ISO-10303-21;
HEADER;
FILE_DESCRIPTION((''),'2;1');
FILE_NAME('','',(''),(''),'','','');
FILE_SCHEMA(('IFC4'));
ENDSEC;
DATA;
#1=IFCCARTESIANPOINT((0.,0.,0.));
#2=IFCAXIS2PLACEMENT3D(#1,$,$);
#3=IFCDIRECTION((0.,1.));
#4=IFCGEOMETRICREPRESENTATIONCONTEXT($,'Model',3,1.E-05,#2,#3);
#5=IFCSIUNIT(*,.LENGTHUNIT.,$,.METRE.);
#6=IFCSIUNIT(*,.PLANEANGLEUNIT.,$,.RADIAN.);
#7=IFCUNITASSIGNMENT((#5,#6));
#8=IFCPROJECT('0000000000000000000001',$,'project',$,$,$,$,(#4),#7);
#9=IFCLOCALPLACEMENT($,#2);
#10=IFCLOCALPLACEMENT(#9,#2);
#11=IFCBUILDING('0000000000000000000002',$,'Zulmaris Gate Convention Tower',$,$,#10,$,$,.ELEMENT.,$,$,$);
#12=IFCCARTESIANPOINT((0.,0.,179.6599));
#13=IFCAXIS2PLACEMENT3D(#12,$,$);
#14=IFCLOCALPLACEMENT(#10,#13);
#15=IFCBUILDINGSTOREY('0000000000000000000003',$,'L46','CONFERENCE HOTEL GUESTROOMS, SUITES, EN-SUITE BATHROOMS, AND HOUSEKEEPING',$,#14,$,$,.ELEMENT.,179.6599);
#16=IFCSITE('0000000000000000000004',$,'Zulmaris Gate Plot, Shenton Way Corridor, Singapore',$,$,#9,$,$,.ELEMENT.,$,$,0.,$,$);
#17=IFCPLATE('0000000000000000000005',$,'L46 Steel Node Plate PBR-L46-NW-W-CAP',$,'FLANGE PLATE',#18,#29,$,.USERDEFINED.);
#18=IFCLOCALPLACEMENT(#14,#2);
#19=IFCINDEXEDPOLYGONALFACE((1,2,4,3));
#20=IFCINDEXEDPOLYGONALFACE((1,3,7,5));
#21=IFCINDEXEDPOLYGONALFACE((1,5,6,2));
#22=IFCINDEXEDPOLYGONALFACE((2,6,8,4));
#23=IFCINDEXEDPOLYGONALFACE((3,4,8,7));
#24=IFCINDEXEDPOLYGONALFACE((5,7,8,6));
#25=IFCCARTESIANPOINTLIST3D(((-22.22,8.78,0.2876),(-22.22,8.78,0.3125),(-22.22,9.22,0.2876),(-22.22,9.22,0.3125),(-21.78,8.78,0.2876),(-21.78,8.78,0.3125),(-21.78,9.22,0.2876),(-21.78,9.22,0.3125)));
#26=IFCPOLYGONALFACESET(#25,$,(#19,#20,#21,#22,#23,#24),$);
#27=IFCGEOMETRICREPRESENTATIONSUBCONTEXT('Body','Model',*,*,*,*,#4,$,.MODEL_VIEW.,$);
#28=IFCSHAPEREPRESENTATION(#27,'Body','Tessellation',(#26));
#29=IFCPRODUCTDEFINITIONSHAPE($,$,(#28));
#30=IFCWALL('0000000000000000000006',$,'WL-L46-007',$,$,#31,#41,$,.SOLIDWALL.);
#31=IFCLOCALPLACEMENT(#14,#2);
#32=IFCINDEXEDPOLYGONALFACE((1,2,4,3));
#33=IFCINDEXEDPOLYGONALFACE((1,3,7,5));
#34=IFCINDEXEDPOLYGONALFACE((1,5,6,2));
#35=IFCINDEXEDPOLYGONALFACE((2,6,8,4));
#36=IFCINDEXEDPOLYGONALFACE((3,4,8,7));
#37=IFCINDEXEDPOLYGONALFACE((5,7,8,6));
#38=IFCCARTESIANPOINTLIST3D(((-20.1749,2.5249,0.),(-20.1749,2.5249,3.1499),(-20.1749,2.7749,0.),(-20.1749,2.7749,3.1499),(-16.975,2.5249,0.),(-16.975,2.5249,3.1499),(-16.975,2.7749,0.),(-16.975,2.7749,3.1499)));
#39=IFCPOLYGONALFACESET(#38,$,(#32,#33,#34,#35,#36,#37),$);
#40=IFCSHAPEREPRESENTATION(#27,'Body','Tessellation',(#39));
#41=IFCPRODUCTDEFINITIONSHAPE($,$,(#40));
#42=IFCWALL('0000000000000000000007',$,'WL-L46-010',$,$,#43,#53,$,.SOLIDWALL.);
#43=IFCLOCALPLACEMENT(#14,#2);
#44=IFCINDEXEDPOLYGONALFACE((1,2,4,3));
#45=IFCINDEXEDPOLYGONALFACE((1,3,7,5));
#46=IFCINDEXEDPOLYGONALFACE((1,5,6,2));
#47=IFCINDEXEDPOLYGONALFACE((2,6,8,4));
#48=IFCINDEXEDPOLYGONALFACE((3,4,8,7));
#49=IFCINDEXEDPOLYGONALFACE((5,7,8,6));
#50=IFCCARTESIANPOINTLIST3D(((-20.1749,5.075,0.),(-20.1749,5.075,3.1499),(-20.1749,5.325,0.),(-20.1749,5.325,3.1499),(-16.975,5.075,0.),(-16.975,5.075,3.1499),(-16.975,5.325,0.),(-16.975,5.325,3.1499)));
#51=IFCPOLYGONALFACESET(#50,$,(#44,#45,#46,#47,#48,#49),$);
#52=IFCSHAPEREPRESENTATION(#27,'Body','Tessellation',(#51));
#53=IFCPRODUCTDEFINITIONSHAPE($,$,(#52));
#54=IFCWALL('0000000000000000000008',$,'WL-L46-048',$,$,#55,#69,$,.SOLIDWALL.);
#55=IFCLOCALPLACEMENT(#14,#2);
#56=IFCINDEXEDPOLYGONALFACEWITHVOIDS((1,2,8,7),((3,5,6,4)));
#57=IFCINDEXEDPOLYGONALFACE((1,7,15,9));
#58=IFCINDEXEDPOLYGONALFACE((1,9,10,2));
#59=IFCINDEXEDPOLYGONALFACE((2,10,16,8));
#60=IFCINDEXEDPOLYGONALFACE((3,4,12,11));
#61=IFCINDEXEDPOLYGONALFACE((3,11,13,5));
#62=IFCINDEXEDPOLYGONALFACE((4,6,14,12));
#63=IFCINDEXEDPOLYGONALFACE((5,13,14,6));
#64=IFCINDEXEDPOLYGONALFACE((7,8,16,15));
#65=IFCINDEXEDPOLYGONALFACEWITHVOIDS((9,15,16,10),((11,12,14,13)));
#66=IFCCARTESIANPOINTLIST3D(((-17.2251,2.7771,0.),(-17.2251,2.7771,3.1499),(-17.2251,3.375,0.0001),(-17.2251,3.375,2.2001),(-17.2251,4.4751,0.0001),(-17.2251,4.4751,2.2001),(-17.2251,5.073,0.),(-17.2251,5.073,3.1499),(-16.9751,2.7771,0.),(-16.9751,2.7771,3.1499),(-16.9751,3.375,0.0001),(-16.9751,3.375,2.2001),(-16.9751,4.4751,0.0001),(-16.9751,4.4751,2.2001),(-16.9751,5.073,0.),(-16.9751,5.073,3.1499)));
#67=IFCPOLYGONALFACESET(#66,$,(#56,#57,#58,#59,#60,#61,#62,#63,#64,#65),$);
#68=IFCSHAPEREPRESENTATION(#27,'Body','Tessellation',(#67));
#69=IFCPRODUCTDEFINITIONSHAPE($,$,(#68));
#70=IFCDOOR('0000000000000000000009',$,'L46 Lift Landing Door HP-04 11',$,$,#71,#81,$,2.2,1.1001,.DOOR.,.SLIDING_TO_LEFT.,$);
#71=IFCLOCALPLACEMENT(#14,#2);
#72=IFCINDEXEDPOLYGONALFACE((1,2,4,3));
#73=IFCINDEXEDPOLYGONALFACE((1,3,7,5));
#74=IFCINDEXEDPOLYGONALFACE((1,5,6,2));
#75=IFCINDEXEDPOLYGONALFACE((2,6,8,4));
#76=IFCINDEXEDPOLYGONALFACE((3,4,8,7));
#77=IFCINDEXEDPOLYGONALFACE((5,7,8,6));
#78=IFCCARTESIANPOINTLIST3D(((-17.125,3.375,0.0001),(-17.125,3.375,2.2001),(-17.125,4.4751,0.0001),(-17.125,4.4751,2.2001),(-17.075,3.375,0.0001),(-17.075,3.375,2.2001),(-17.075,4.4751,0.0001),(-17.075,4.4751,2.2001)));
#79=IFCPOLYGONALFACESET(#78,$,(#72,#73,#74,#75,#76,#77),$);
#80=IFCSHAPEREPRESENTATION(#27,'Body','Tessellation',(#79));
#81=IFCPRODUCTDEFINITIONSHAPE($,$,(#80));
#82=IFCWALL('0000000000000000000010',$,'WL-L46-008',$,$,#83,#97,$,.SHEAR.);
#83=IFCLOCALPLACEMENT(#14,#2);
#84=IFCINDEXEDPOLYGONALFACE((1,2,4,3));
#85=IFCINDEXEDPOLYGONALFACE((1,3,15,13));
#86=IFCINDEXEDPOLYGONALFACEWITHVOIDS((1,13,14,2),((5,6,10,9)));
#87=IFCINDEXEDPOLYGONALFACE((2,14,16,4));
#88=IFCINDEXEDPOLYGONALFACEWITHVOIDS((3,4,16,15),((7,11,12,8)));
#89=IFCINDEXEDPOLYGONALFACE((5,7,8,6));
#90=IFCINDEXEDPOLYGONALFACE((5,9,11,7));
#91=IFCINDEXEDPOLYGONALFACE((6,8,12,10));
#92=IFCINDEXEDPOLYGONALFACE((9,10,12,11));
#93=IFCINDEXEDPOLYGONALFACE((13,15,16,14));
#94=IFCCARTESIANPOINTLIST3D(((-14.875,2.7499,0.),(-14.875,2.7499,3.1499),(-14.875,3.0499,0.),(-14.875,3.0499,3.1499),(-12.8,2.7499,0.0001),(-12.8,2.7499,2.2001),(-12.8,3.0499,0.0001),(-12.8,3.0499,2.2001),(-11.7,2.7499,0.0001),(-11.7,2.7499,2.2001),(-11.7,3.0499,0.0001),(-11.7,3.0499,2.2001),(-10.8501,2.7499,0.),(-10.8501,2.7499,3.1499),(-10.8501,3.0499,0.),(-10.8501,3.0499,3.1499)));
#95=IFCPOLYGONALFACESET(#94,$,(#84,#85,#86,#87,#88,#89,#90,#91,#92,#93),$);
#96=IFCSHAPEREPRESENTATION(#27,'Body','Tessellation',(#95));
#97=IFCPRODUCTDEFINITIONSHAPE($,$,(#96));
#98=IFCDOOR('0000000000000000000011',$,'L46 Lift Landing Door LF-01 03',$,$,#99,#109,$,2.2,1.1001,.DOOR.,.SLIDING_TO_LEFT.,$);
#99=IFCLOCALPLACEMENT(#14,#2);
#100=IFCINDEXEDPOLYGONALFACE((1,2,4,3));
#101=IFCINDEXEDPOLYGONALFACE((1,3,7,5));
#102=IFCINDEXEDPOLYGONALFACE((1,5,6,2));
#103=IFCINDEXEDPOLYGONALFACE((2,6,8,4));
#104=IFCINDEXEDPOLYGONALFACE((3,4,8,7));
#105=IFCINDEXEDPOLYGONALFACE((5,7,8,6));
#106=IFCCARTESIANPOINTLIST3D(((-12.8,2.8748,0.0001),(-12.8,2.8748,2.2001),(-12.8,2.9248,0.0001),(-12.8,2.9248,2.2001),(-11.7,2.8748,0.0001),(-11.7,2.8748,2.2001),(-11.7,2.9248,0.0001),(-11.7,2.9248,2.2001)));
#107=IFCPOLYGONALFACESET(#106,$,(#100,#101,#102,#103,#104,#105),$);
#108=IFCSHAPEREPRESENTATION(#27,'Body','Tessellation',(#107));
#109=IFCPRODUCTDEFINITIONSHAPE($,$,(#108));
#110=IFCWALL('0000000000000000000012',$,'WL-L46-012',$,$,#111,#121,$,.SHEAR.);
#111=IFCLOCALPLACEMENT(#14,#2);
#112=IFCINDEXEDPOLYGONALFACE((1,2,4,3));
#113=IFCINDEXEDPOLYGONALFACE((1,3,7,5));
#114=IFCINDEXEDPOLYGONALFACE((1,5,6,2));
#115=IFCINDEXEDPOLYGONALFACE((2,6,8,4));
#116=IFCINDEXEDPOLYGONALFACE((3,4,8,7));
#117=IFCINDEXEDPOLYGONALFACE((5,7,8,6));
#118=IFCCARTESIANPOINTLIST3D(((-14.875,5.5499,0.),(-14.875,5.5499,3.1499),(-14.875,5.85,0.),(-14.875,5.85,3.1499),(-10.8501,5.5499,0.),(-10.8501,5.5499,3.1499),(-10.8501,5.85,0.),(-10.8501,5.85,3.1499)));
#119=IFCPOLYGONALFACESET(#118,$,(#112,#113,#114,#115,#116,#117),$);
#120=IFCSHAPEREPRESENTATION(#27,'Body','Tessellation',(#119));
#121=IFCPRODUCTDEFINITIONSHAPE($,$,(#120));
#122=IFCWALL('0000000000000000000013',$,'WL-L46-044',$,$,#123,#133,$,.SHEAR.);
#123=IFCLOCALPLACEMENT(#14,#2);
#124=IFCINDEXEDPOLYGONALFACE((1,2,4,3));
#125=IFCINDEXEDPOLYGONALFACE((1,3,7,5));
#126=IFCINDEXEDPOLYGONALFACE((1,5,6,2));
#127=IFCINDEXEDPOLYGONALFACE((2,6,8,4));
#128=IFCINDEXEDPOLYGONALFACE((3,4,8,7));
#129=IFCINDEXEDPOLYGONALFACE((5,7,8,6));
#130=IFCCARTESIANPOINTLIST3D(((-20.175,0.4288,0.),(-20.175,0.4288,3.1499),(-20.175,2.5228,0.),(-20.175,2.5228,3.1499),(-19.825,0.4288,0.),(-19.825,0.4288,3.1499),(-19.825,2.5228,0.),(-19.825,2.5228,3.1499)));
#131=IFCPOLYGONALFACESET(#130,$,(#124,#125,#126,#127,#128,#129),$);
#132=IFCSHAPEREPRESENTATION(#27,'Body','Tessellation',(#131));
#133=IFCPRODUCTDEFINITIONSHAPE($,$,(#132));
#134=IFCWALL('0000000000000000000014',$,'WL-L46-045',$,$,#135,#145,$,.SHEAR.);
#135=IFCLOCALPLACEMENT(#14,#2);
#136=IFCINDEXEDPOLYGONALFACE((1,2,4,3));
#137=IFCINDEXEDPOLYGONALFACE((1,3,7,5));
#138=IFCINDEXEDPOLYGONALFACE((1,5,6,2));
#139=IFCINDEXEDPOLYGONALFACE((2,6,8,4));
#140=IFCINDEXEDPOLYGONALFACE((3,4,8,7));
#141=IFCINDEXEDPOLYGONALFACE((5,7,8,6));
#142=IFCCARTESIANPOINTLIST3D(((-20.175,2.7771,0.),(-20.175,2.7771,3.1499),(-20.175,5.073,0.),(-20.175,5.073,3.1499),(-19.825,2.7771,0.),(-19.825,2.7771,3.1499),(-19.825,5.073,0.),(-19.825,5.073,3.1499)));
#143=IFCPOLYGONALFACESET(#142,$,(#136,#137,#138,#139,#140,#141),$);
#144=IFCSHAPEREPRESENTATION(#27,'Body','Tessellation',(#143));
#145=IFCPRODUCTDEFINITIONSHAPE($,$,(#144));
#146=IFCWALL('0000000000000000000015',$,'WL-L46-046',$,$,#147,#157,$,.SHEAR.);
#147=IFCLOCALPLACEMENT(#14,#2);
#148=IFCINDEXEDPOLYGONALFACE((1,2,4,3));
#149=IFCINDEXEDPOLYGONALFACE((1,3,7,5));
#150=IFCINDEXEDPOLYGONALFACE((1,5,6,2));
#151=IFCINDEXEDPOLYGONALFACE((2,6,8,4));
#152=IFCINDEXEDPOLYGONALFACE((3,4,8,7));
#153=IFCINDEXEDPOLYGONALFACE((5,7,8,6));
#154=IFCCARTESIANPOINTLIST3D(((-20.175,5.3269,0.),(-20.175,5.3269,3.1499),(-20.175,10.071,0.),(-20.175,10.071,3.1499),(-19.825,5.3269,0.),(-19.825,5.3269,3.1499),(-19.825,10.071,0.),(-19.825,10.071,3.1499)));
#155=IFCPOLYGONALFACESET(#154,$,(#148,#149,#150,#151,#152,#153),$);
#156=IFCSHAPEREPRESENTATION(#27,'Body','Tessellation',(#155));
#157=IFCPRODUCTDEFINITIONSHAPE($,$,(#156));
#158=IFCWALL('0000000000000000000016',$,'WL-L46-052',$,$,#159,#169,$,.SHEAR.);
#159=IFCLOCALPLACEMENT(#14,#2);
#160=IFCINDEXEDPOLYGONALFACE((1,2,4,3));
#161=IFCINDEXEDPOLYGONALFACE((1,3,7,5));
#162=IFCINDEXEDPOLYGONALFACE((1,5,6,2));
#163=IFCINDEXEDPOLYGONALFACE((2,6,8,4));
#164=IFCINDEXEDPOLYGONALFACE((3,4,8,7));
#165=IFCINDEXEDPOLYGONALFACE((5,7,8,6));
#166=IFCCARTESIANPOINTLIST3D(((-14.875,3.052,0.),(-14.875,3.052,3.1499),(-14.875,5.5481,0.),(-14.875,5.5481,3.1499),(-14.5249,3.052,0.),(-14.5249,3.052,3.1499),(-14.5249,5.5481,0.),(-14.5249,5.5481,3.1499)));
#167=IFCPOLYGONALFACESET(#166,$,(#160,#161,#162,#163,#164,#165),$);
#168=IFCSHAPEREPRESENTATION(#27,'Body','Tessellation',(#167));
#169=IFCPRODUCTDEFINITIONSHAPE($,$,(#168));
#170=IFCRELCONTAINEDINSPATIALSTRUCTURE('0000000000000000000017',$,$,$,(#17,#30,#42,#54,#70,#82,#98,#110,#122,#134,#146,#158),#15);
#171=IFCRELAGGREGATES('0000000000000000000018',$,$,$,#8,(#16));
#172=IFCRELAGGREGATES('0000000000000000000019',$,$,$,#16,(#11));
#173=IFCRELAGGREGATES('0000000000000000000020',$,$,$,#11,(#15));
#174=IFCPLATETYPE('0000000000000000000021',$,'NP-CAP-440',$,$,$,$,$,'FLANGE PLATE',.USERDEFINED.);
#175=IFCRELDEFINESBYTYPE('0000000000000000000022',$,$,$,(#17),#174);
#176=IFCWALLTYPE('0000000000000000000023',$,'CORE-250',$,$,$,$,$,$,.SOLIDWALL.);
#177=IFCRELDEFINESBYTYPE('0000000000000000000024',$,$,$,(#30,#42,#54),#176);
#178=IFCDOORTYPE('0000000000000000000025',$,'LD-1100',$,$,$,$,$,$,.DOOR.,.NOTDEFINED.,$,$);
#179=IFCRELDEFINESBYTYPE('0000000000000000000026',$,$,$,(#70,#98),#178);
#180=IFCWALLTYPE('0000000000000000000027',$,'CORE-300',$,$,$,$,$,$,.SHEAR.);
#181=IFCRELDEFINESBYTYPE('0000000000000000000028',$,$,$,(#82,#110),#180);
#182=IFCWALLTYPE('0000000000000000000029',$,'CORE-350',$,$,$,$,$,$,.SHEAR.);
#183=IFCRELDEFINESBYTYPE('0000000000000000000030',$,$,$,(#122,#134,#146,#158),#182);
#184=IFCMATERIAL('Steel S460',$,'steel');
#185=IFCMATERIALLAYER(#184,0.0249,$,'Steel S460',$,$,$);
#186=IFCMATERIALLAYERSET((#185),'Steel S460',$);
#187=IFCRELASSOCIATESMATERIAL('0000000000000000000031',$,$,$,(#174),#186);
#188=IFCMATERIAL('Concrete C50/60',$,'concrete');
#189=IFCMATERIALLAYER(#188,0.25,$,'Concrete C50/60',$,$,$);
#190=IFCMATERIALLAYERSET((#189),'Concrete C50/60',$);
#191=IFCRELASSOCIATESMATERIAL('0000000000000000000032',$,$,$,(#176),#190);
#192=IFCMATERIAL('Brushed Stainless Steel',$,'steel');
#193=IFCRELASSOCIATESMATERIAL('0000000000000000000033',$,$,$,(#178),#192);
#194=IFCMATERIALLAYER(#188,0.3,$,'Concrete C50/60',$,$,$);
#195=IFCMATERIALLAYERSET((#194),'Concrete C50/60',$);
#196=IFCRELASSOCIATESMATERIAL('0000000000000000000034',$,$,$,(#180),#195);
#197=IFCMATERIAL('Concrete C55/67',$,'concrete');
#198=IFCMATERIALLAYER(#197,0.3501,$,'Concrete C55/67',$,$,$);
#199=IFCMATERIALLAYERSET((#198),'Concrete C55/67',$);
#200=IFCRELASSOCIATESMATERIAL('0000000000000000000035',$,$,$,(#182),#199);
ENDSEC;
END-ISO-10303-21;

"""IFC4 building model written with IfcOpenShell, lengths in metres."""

from ifc_helpers import new_model, si_unit, direction, frame, frame_2d, origin, origin_2d, place, context, subcontext, project, spatial, rectangle, extrude, material, layer, layer_set, type_object, element, fill, save


model = new_model("IFC4")

# Units and contexts
model_context = context("Model", 3, precision=1e-05, world=origin(), true_north=direction((0.0, 1.0)))
body_context = subcontext(model_context, "Body", "Model", "MODEL_VIEW")
ifc_project = project(units=[si_unit("LENGTHUNIT", "METRE"), si_unit("PLANEANGLEUNIT", "RADIAN")], contexts=[model_context])

# Site, building, storey
site_placement = place(None, origin())
site = spatial("IfcSite", under=ifc_project, at=site_placement, Name="Zulmaris Gate Plot, Shenton Way Corridor, Singapore", CompositionType="ELEMENT", RefElevation=0.0)
building_placement = place(site_placement, origin())
building = spatial("IfcBuilding", under=site, at=building_placement, Name="Zulmaris Gate Convention Tower", CompositionType="ELEMENT")
storey_placement = place(building_placement, frame((0.0, 0.0, 179.6599)))
storey = spatial("IfcBuildingStorey", under=building, at=storey_placement, Name="L46", Description="CONFERENCE HOTEL GUESTROOMS, SUITES, EN-SUITE BATHROOMS, AND HOUSEKEEPING", CompositionType="ELEMENT", Elevation=179.6599)

# Shared definitions
ifc_material_1 = material(Name="Concrete C50/60", Category="concrete")

# Plate
ifc_material_2 = material(Name="Steel S460", Category="steel")
ifc_layer_1 = layer(ifc_material_2, 0.0249, Name="Steel S460")
ifc_layer_set_1 = layer_set([ifc_layer_1], Name="Steel S460")
plate_type = type_object("IfcPlateType", Name="NP-CAP-440", ElementType="FLANGE PLATE", PredefinedType="USERDEFINED", material=ifc_layer_set_1)
plate_placement = place(storey_placement, frame((-22.0, 9.0, 0.2876), z_axis=(0.0, 0.0, 1.0), x_axis=(1.0, 0.0, 0.0)))
element("IfcPlate", 1, at=plate_placement, inside=storey, type_object=plate_type, Name="L46 Steel Node Plate PBR-L46-NW-W-CAP", ObjectType="FLANGE PLATE", PredefinedType="USERDEFINED", context=body_context, shape_type="SweptSolid", body=[
    extrude(rectangle(XDim=0.4399, YDim=0.4399, at=origin_2d()), origin(), (0.0, 0.0, 1.0), 0.0249),
])

# Walls
ifc_layer_2 = layer(ifc_material_1, 0.25, Name="Concrete C50/60")
ifc_layer_set_2 = layer_set([ifc_layer_2], Name="Concrete C50/60")
wall_type_1 = type_object("IfcWallType", Name="CORE-250", PredefinedType="SOLIDWALL", material=ifc_layer_set_2)
for number, where, z_axis, x_axis, name in (
    (2, (-20.175, 2.6499, 0.0), (0.0, 0.0, 1.0), (1.0, 0.0, 0.0), "WL-L46-007"),
    (3, (-20.175, 5.2, 0.0), (0.0, 0.0, 1.0), (1.0, 0.0, 0.0), "WL-L46-010"),
):
    element("IfcWall", number, at=place(storey_placement, frame(where, z_axis=z_axis, x_axis=x_axis)), inside=storey, type_object=wall_type_1, Name=name, PredefinedType="SOLIDWALL", context=body_context, shape_type="SweptSolid", body=[
        extrude(rectangle(XDim=3.2, YDim=0.25, at=frame_2d((1.6001, 0.0))), origin(), (0.0, 0.0, 1.0), 3.1499),
    ])

# Walls, openings, doors
wall_1_placement = place(storey_placement, frame((-17.1001, 2.7771, 0.0), z_axis=(0.0, 0.0, 1.0), x_axis=(0.0, 1.0, 0.0)))
wall_1 = element("IfcWall", 4, at=wall_1_placement, inside=storey, type_object=wall_type_1, Name="WL-L46-048", PredefinedType="SOLIDWALL", context=body_context, shape_type="SweptSolid", body=[
    extrude(rectangle(XDim=2.2959, YDim=0.25, at=frame_2d((1.1479, 0.0))), origin(), (0.0, 0.0, 1.0), 3.1499),
])
opening_1_placement = place(wall_1_placement, frame((0.5979, 0.0, 0.0)))
opening_1 = element("IfcOpeningElement", 5, at=opening_1_placement, cuts=wall_1, PredefinedType="OPENING", context=body_context, shape_type="SweptSolid", body=[
    extrude(rectangle(XDim=1.1001, YDim=2.2, at=frame_2d((0.55, 1.1001))), frame((0.0, 0.135, 0.0), z_axis=(0.0, -1.0, 0.0), x_axis=(1.0, 0.0, 0.0)), (0.0, 0.0, 1.0), 0.27),
])
ifc_material_3 = material(Name="Brushed Stainless Steel", Category="steel")
door_type_1 = type_object("IfcDoorType", Name="LD-1100", OperationType="NOTDEFINED", PredefinedType="DOOR", material=ifc_material_3)
door_1_placement = place(opening_1_placement, origin())
door_1 = element("IfcDoor", 6, at=door_1_placement, inside=storey, type_object=door_type_1, Name="L46 Lift Landing Door HP-04 11", OperationType="SLIDING_TO_LEFT", OverallHeight=2.2, OverallWidth=1.1001, PredefinedType="DOOR", context=body_context, shape_type="SweptSolid", body=[
    extrude(rectangle(XDim=1.1001, YDim=2.2, at=frame_2d((0.55, 1.1001))), frame((0.0, 0.0249, 0.0), z_axis=(0.0, -1.0, 0.0), x_axis=(1.0, 0.0, 0.0)), (0.0, 0.0, 1.0), 0.05),
])
fill(opening_1, door_1)
ifc_layer_3 = layer(ifc_material_1, 0.3, Name="Concrete C50/60")
ifc_layer_set_3 = layer_set([ifc_layer_3], Name="Concrete C50/60")
wall_type_2 = type_object("IfcWallType", Name="CORE-300", PredefinedType="SHEAR", material=ifc_layer_set_3)
wall_2_placement = place(storey_placement, frame((-14.875, 2.8999, 0.0), z_axis=(0.0, 0.0, 1.0), x_axis=(1.0, 0.0, 0.0)))
wall_2 = element("IfcWall", 7, at=wall_2_placement, inside=storey, type_object=wall_type_2, Name="WL-L46-008", PredefinedType="SHEAR", context=body_context, shape_type="SweptSolid", body=[
    extrude(rectangle(XDim=4.0249, YDim=0.3, at=frame_2d((2.0125, 0.0))), origin(), (0.0, 0.0, 1.0), 3.1499),
])
opening_2_placement = place(wall_2_placement, frame((2.075, 0.0, 0.0)))
opening_2 = element("IfcOpeningElement", 8, at=opening_2_placement, cuts=wall_2, PredefinedType="OPENING", context=body_context, shape_type="SweptSolid", body=[
    extrude(rectangle(XDim=1.1001, YDim=2.2, at=frame_2d((0.55, 1.1001))), frame((0.0, 0.1602, 0.0), z_axis=(0.0, -1.0, 0.0), x_axis=(1.0, 0.0, 0.0)), (0.0, 0.0, 1.0), 0.3201),
])
door_2_placement = place(opening_2_placement, origin())
door_2 = element("IfcDoor", 9, at=door_2_placement, inside=storey, type_object=door_type_1, Name="L46 Lift Landing Door LF-01 03", OperationType="SLIDING_TO_LEFT", OverallHeight=2.2, OverallWidth=1.1001, PredefinedType="DOOR", context=body_context, shape_type="SweptSolid", body=[
    extrude(rectangle(XDim=1.1001, YDim=2.2, at=frame_2d((0.55, 1.1001))), frame((0.0, 0.0249, 0.0), z_axis=(0.0, -1.0, 0.0), x_axis=(1.0, 0.0, 0.0)), (0.0, 0.0, 1.0), 0.05),
])
fill(opening_2, door_2)

# Walls
wall_3_placement = place(storey_placement, frame((-14.875, 5.7, 0.0), z_axis=(0.0, 0.0, 1.0), x_axis=(1.0, 0.0, 0.0)))
element("IfcWall", 10, at=wall_3_placement, inside=storey, type_object=wall_type_2, Name="WL-L46-012", PredefinedType="SHEAR", context=body_context, shape_type="SweptSolid", body=[
    extrude(rectangle(XDim=4.0249, YDim=0.3, at=frame_2d((2.0125, 0.0))), origin(), (0.0, 0.0, 1.0), 3.1499),
])
ifc_material_4 = material(Name="Concrete C55/67", Category="concrete")
ifc_layer_4 = layer(ifc_material_4, 0.3501, Name="Concrete C55/67")
ifc_layer_set_4 = layer_set([ifc_layer_4], Name="Concrete C55/67")
wall_type_3 = type_object("IfcWallType", Name="CORE-350", PredefinedType="SHEAR", material=ifc_layer_set_4)
wall_4_placement = place(storey_placement, frame((-20.0, 0.429, 0.0), z_axis=(0.0, 0.0, 1.0), x_axis=(0.0, 1.0, 0.0)))
element("IfcWall", 11, at=wall_4_placement, inside=storey, type_object=wall_type_3, Name="WL-L46-044", PredefinedType="SHEAR", context=body_context, shape_type="SweptSolid", body=[
    extrude(rectangle(XDim=2.094, YDim=0.3501, at=frame_2d((1.0469, 0.0))), origin(), (0.0, 0.0, 1.0), 3.1499),
])
wall_5_placement = place(storey_placement, frame((-20.0, 2.7771, 0.0), z_axis=(0.0, 0.0, 1.0), x_axis=(0.0, 1.0, 0.0)))
element("IfcWall", 12, at=wall_5_placement, inside=storey, type_object=wall_type_3, Name="WL-L46-045", PredefinedType="SHEAR", context=body_context, shape_type="SweptSolid", body=[
    extrude(rectangle(XDim=2.2959, YDim=0.3501, at=frame_2d((1.1479, 0.0))), origin(), (0.0, 0.0, 1.0), 3.1499),
])
wall_6_placement = place(storey_placement, frame((-20.0, 5.3269, 0.0), z_axis=(0.0, 0.0, 1.0), x_axis=(0.0, 1.0, 0.0)))
element("IfcWall", 13, at=wall_6_placement, inside=storey, type_object=wall_type_3, Name="WL-L46-046", PredefinedType="SHEAR", context=body_context, shape_type="SweptSolid", body=[
    extrude(rectangle(XDim=4.7441, YDim=0.3501, at=frame_2d((2.3721, 0.0))), origin(), (0.0, 0.0, 1.0), 3.1499),
])
wall_7_placement = place(storey_placement, frame((-14.7, 3.052, 0.0), z_axis=(0.0, 0.0, 1.0), x_axis=(0.0, 1.0, 0.0)))
element("IfcWall", 14, at=wall_7_placement, inside=storey, type_object=wall_type_3, Name="WL-L46-052", PredefinedType="SHEAR", context=body_context, shape_type="SweptSolid", body=[
    extrude(rectangle(XDim=2.4961, YDim=0.3501, at=frame_2d((1.248, 0.0))), origin(), (0.0, 0.0, 1.0), 3.1499),
])

save(model, "model.ifc")
